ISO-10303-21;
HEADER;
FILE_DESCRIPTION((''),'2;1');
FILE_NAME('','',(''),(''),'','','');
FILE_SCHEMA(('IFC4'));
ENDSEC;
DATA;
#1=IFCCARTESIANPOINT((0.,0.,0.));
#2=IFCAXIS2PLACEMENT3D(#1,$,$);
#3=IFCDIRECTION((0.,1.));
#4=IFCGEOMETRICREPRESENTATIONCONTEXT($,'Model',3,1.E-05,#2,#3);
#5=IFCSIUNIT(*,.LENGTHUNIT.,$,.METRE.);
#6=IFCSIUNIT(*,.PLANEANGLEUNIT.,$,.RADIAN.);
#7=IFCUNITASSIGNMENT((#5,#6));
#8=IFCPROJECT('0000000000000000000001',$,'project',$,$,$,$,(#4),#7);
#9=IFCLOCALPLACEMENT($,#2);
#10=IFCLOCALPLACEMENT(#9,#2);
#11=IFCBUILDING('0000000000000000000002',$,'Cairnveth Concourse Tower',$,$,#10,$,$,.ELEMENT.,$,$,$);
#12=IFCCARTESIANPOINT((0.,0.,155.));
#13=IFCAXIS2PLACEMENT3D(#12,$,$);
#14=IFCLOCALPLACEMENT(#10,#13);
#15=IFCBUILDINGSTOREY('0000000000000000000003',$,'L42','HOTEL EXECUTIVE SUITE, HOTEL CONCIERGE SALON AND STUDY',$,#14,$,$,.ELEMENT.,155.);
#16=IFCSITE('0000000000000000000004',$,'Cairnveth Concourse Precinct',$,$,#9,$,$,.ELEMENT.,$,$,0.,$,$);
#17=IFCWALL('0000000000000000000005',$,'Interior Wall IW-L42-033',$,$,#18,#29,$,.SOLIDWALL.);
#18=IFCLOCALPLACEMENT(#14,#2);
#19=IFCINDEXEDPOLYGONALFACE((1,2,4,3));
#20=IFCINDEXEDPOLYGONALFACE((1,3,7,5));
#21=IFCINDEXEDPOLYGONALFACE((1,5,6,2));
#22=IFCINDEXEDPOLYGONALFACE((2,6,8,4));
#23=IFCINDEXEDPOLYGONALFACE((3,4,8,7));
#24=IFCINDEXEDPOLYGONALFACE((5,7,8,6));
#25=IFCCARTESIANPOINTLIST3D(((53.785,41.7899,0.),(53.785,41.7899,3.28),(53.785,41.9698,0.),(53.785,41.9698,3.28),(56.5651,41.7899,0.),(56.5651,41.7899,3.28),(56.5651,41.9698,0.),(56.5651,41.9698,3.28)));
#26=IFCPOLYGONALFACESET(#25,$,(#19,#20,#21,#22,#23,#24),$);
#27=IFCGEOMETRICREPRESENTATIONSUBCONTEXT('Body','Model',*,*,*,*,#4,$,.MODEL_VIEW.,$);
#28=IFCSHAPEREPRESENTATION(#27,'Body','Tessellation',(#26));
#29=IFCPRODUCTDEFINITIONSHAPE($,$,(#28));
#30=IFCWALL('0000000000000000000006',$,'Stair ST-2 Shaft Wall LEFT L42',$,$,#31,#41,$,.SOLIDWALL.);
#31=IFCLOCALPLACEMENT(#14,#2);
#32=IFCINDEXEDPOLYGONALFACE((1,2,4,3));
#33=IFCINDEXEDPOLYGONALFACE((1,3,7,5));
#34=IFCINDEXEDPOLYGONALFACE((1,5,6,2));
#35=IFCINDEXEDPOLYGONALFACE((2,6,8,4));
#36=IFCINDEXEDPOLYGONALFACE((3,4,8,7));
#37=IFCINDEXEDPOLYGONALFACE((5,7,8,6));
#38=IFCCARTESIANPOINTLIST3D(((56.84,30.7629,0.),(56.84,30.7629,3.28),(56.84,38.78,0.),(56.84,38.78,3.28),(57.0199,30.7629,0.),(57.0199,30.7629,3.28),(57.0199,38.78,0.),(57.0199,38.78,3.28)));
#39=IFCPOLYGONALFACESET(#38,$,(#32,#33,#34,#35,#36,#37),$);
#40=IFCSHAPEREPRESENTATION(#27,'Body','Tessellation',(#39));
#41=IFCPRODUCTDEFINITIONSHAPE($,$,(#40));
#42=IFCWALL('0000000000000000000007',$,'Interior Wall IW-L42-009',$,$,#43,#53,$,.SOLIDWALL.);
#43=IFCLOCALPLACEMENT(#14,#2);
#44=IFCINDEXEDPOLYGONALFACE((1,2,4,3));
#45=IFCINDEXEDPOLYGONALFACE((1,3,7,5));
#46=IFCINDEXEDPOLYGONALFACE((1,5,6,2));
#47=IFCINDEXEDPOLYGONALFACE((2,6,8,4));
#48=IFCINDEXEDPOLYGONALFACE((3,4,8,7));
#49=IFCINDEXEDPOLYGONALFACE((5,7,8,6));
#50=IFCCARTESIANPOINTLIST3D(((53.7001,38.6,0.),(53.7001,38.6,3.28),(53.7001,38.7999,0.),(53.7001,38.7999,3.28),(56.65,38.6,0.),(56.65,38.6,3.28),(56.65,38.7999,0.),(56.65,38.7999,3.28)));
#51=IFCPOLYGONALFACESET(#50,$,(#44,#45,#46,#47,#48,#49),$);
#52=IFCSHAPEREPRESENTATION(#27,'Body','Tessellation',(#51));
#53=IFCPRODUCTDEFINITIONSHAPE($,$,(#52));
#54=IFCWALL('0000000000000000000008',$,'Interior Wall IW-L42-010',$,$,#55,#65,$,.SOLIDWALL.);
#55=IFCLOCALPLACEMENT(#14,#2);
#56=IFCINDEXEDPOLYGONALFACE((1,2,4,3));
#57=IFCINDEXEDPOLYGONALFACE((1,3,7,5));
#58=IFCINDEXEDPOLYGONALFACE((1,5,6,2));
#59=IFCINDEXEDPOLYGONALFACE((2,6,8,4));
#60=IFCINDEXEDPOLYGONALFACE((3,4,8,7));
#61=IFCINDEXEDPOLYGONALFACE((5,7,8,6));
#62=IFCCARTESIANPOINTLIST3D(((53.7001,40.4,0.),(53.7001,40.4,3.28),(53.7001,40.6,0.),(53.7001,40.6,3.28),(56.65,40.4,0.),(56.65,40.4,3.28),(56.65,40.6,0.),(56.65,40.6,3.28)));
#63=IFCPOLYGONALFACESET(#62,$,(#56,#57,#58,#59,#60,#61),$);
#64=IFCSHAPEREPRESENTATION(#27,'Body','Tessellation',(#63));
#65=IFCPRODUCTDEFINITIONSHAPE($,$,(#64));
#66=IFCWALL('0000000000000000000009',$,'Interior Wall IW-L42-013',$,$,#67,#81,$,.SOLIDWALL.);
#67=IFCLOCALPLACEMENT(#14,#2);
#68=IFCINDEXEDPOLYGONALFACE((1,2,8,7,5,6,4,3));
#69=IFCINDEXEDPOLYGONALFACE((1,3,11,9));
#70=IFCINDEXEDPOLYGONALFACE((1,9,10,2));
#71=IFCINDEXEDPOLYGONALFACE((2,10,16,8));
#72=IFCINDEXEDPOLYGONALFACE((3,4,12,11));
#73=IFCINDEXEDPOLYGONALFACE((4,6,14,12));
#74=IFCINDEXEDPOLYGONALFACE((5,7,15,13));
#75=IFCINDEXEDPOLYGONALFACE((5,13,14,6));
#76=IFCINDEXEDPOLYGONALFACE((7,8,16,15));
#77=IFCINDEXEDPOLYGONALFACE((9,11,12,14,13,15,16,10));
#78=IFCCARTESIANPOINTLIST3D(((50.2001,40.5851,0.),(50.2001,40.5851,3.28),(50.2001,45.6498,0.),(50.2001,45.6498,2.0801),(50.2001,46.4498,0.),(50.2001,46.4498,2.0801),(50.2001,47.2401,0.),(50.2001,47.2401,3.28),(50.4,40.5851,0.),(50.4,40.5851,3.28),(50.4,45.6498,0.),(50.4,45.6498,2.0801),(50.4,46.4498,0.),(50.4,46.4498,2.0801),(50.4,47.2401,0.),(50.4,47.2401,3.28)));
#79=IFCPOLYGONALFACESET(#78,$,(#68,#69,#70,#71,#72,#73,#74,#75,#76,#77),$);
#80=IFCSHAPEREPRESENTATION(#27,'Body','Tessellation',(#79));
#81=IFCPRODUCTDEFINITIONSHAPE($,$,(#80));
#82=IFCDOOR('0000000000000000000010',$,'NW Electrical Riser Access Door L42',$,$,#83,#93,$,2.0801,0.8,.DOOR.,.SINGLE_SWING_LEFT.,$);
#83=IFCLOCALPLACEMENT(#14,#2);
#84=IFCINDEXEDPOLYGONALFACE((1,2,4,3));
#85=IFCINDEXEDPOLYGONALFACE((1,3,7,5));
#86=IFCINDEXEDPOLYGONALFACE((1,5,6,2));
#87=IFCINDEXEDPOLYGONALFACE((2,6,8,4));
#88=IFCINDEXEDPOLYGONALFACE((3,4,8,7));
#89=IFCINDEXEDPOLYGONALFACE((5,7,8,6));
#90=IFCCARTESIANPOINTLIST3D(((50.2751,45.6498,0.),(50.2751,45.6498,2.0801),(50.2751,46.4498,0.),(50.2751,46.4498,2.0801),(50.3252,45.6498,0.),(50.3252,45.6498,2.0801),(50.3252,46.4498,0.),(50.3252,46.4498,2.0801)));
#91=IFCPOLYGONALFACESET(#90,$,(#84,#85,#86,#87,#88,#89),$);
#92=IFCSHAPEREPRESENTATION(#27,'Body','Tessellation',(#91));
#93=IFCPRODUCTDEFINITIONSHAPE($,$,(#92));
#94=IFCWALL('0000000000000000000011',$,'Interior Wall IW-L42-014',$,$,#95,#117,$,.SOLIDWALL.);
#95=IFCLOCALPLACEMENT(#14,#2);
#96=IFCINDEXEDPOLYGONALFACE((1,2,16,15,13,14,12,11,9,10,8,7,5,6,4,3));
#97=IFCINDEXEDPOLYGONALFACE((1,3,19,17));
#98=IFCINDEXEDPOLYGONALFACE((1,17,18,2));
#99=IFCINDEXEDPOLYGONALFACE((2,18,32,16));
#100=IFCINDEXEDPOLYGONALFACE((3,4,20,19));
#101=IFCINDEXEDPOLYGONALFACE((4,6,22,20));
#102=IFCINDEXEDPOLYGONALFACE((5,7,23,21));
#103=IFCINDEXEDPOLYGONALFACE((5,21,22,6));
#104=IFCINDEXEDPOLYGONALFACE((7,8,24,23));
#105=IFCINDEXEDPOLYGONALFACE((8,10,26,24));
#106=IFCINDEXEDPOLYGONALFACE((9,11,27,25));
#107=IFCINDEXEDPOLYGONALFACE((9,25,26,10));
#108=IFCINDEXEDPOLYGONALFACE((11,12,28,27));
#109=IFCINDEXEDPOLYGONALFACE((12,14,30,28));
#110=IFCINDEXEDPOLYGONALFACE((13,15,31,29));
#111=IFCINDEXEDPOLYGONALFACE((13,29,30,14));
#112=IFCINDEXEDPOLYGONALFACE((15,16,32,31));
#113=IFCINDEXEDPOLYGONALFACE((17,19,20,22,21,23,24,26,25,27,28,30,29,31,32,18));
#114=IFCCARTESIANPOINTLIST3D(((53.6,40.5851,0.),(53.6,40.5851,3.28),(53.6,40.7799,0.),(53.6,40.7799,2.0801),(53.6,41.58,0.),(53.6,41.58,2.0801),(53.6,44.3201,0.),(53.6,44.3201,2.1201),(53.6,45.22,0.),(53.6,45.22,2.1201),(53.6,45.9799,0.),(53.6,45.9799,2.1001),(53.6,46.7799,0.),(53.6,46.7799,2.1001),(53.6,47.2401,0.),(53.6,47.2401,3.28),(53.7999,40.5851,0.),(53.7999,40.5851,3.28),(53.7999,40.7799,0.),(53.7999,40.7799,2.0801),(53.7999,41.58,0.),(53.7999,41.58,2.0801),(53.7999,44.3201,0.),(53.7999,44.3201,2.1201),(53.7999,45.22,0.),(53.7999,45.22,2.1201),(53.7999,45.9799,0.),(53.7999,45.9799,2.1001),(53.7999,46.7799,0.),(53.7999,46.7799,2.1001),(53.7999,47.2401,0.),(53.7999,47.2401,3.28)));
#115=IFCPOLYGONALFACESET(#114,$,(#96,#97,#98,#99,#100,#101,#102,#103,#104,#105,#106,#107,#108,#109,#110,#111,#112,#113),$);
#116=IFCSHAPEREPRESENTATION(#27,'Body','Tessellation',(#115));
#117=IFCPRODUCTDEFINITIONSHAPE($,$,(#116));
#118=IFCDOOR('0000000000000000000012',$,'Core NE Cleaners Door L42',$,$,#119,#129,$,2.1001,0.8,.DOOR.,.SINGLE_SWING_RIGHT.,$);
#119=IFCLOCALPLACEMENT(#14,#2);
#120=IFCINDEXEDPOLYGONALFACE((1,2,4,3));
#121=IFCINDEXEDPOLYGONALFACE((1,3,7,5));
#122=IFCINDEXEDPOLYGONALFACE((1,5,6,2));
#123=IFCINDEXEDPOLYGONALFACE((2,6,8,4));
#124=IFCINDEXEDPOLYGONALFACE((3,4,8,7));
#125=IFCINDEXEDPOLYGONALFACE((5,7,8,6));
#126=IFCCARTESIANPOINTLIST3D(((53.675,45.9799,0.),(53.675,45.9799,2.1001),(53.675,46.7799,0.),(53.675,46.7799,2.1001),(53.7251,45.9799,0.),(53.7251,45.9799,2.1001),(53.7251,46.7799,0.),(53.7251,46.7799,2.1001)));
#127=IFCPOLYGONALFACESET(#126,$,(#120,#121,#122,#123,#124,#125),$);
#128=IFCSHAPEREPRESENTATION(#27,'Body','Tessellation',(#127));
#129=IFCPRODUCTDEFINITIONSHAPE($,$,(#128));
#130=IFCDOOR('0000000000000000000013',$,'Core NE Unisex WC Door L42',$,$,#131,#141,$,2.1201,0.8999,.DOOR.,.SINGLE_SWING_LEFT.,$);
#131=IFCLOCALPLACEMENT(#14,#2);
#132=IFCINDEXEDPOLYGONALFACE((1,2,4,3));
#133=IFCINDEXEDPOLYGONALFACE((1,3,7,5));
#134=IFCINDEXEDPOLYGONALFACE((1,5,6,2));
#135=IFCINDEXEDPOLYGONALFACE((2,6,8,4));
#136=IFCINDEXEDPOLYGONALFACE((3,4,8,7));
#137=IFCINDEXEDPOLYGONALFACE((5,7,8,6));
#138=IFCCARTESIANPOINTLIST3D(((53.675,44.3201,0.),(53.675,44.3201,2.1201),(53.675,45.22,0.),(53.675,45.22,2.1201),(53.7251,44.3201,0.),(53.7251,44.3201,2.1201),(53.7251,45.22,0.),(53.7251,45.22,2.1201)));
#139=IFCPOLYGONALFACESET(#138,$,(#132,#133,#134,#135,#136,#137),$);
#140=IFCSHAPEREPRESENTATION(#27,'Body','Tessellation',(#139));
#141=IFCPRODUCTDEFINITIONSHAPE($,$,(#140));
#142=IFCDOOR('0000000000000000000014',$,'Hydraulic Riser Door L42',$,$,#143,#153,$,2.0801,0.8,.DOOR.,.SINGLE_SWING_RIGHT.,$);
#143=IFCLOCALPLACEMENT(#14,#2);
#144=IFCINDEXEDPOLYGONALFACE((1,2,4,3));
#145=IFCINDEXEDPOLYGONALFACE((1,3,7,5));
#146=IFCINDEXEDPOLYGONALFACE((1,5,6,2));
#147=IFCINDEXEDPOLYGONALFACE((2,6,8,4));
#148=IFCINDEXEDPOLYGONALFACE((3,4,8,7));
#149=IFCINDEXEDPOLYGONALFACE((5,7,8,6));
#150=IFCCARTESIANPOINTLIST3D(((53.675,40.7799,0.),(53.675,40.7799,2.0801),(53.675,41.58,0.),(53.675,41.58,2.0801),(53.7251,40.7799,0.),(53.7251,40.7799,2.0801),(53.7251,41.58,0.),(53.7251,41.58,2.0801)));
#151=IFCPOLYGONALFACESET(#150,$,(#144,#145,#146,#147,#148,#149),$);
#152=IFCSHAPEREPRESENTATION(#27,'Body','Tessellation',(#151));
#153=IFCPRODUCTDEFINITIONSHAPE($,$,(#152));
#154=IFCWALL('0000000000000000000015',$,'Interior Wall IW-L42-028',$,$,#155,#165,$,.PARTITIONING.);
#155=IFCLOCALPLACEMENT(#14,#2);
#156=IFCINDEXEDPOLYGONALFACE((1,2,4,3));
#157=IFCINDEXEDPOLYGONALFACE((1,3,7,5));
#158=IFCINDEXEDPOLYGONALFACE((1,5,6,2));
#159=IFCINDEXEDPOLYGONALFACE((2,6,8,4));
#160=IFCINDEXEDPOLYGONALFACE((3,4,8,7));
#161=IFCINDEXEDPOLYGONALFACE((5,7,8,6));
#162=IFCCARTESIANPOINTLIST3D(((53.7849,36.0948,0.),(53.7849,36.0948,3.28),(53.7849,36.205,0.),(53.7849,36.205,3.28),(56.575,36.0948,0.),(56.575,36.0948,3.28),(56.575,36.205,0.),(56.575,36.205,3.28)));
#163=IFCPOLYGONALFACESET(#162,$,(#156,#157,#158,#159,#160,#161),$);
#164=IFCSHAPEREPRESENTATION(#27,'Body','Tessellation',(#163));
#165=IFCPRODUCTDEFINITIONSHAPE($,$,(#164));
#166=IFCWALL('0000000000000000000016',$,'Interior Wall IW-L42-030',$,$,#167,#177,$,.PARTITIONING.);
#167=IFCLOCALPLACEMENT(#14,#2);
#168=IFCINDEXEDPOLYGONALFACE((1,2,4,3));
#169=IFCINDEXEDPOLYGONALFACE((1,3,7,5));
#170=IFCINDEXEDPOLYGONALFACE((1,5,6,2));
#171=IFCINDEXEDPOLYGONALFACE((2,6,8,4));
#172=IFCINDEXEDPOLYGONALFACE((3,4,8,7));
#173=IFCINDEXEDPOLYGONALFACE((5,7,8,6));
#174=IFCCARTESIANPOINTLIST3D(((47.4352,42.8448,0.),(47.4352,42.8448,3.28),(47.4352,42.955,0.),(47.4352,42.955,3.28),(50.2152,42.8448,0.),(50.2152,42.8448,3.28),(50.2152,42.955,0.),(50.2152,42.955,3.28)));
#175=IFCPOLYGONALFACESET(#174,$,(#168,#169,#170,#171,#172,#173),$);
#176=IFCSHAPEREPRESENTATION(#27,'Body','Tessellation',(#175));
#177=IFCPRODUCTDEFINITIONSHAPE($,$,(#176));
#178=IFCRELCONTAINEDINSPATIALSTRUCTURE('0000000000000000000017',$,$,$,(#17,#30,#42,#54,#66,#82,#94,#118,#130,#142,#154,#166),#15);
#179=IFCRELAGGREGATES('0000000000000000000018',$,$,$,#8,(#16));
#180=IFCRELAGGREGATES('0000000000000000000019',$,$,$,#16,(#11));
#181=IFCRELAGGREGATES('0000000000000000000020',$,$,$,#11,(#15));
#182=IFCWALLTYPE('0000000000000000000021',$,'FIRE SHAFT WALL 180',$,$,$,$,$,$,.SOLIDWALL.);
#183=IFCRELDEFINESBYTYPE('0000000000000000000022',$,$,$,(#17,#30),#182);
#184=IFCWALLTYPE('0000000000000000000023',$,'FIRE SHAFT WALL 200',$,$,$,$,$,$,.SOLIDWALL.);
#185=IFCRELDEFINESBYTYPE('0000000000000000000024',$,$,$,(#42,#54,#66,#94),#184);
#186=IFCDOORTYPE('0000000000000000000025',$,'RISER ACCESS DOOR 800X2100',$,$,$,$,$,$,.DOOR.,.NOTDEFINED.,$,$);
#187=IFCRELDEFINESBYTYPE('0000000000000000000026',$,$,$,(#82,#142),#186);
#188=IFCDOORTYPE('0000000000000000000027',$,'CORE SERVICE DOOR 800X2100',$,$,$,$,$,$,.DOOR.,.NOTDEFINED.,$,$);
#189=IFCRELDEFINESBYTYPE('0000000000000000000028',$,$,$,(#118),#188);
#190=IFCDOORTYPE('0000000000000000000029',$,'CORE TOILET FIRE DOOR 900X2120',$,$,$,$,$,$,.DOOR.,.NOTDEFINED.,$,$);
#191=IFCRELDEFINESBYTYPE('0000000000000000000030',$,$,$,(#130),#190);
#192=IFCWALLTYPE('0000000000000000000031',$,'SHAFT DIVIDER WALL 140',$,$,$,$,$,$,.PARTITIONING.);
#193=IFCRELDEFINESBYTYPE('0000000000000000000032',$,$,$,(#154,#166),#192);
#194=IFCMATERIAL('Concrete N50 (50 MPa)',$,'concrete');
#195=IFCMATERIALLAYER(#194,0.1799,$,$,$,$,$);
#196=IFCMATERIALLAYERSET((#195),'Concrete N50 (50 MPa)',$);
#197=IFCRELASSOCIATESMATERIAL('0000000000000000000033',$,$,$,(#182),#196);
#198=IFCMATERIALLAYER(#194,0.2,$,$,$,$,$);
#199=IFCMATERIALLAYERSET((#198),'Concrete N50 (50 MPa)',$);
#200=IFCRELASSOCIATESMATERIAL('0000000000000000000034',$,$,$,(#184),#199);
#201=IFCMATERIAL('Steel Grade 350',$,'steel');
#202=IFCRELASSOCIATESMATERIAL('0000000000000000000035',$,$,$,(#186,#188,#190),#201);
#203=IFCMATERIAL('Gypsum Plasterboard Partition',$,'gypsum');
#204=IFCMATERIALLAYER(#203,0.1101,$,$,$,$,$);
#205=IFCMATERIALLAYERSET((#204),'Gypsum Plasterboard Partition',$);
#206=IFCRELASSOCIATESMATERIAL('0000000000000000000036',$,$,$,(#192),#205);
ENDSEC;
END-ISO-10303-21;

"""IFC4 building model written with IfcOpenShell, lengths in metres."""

from ifc_helpers import new_model, si_unit, direction, frame, frame_2d, origin, place, context, subcontext, project, spatial, rectangle, extrude, material, layer, layer_set, type_object, element, fill, save


model = new_model("IFC4")

# Units and contexts
model_context = context("Model", 3, precision=1e-05, world=origin(), true_north=direction((0.0, 1.0)))
body_context = subcontext(model_context, "Body", "Model", "MODEL_VIEW")
ifc_project = project(units=[si_unit("LENGTHUNIT", "METRE"), si_unit("PLANEANGLEUNIT", "RADIAN")], contexts=[model_context])

# Site, building, storey
site_placement = place(None, origin())
site = spatial("IfcSite", under=ifc_project, at=site_placement, Name="Cairnveth Concourse Precinct", CompositionType="ELEMENT", RefElevation=0.0)
building_placement = place(site_placement, origin())
building = spatial("IfcBuilding", under=site, at=building_placement, Name="Cairnveth Concourse Tower", CompositionType="ELEMENT")
storey_placement = place(building_placement, frame((0.0, 0.0, 155.0)))
storey = spatial("IfcBuildingStorey", under=building, at=storey_placement, Name="L42", Description="HOTEL EXECUTIVE SUITE, HOTEL CONCIERGE SALON AND STUDY", CompositionType="ELEMENT", Elevation=155.0)

# Wall
ifc_material_1 = material(Name="Concrete N50 (50 MPa)", Category="concrete")
ifc_layer_1 = layer(ifc_material_1, 0.1799)
ifc_layer_set_1 = layer_set([ifc_layer_1], Name="Concrete N50 (50 MPa)")
wall_type_1 = type_object("IfcWallType", Name="FIRE SHAFT WALL 180", PredefinedType="SOLIDWALL", material=ifc_layer_set_1)
wall_1_placement = place(storey_placement, frame((53.7849, 41.8799, 0.0), z_axis=(0.0, 0.0, 1.0), x_axis=(1.0, 0.0, 0.0)))
element("IfcWall", 1, at=wall_1_placement, inside=storey, type_object=wall_type_1, Name="Interior Wall IW-L42-033", PredefinedType="SOLIDWALL", context=body_context, shape_type="SweptSolid", body=[
    extrude(rectangle(XDim=2.78, YDim=0.1799, at=frame_2d((1.3901, 0.0))), origin(), (0.0, 0.0, 1.0), 3.28),
])

# Shared definitions
ifc_material_2 = material(Name="Steel Grade 350", Category="steel")

# Walls
wall_2_placement = place(storey_placement, frame((56.9299, 38.78, 0.0), z_axis=(0.0, 0.0, 1.0), x_axis=(0.0, -1.0, 0.0)))
element("IfcWall", 2, at=wall_2_placement, inside=storey, type_object=wall_type_1, Name="Stair ST-2 Shaft Wall LEFT L42", PredefinedType="SOLIDWALL", context=body_context, shape_type="SweptSolid", body=[
    extrude(rectangle(XDim=8.0171, YDim=0.1799, at=frame_2d((4.0085, 0.0))), origin(), (0.0, 0.0, 1.0), 3.28),
])
ifc_layer_2 = layer(ifc_material_1, 0.2)
ifc_layer_set_2 = layer_set([ifc_layer_2], Name="Concrete N50 (50 MPa)")
wall_type_2 = type_object("IfcWallType", Name="FIRE SHAFT WALL 200", PredefinedType="SOLIDWALL", material=ifc_layer_set_2)
for number, where, z_axis, x_axis, name in (
    (3, (53.7, 38.7, 0.0), (0.0, 0.0, 1.0), (1.0, 0.0, 0.0), "Interior Wall IW-L42-009"),
    (4, (53.7, 40.5, 0.0), (0.0, 0.0, 1.0), (1.0, 0.0, 0.0), "Interior Wall IW-L42-010"),
):
    element("IfcWall", number, at=place(storey_placement, frame(where, z_axis=z_axis, x_axis=x_axis)), inside=storey, type_object=wall_type_2, Name=name, PredefinedType="SOLIDWALL", context=body_context, shape_type="SweptSolid", body=[
        extrude(rectangle(XDim=2.95, YDim=0.2, at=frame_2d((1.4751, 0.0))), origin(), (0.0, 0.0, 1.0), 3.28),
    ])

# Wall, opening, door
wall_3_placement = place(storey_placement, frame((50.3, 40.585, 0.0), z_axis=(0.0, 0.0, 1.0), x_axis=(0.0, 1.0, 0.0)))
wall_3 = element("IfcWall", 5, at=wall_3_placement, inside=storey, type_object=wall_type_2, Name="Interior Wall IW-L42-013", PredefinedType="SOLIDWALL", context=body_context, shape_type="SweptSolid", body=[
    extrude(rectangle(XDim=6.655, YDim=0.2, at=frame_2d((3.3276, 0.0))), origin(), (0.0, 0.0, 1.0), 3.28),
])
opening_1_placement = place(wall_3_placement, frame((5.0649, 0.0, 0.0)))
opening_1 = element("IfcOpeningElement", 6, at=opening_1_placement, cuts=wall_3, PredefinedType="OPENING", context=body_context, shape_type="SweptSolid", body=[
    extrude(rectangle(XDim=0.8, YDim=2.0801, at=frame_2d((0.3999, 1.04))), frame((0.0, 0.1099, 0.0), z_axis=(0.0, -1.0, 0.0), x_axis=(1.0, 0.0, 0.0)), (0.0, 0.0, 1.0), 0.22),
])
door_type_1 = type_object("IfcDoorType", Name="RISER ACCESS DOOR 800X2100", OperationType="NOTDEFINED", PredefinedType="DOOR", material=ifc_material_2)
door_1_placement = place(opening_1_placement, origin())
door_1 = element("IfcDoor", 7, at=door_1_placement, inside=storey, type_object=door_type_1, Name="NW Electrical Riser Access Door L42", OperationType="SINGLE_SWING_LEFT", OverallHeight=2.0801, OverallWidth=0.8, PredefinedType="DOOR", context=body_context, shape_type="SweptSolid", body=[
    extrude(rectangle(XDim=0.8, YDim=2.0801, at=frame_2d((0.3999, 1.04))), frame((0.0, 0.0249, 0.0), z_axis=(0.0, -1.0, 0.0), x_axis=(1.0, 0.0, 0.0)), (0.0, 0.0, 1.0), 0.05),
])
fill(opening_1, door_1)

# Wall, openings, doors
wall_4_placement = place(storey_placement, frame((53.7, 40.585, 0.0), z_axis=(0.0, 0.0, 1.0), x_axis=(0.0, 1.0, 0.0)))
wall_4 = element("IfcWall", 8, at=wall_4_placement, inside=storey, type_object=wall_type_2, Name="Interior Wall IW-L42-014", PredefinedType="SOLIDWALL", context=body_context, shape_type="SweptSolid", body=[
    extrude(rectangle(XDim=6.655, YDim=0.2, at=frame_2d((3.3276, 0.0))), origin(), (0.0, 0.0, 1.0), 3.28),
])
opening_2_placement = place(wall_4_placement, frame((0.1951, 0.0, 0.0)))
opening_2 = element("IfcOpeningElement", 9, at=opening_2_placement, cuts=wall_4, PredefinedType="OPENING", context=body_context, shape_type="SweptSolid", body=[
    extrude(rectangle(XDim=0.8, YDim=2.0801, at=frame_2d((0.3999, 1.04))), frame((0.0, 0.1099, 0.0), z_axis=(0.0, -1.0, 0.0), x_axis=(1.0, 0.0, 0.0)), (0.0, 0.0, 1.0), 0.22),
])
opening_3_placement = place(wall_4_placement, frame((3.7351, 0.0, 0.0)))
opening_3 = element("IfcOpeningElement", 10, at=opening_3_placement, cuts=wall_4, PredefinedType="OPENING", context=body_context, shape_type="SweptSolid", body=[
    extrude(rectangle(XDim=0.8999, YDim=2.1201, at=frame_2d((0.45, 1.0601))), frame((0.0, 0.1099, 0.0), z_axis=(0.0, -1.0, 0.0), x_axis=(1.0, 0.0, 0.0)), (0.0, 0.0, 1.0), 0.22),
])
opening_4_placement = place(wall_4_placement, frame((5.395, 0.0, 0.0)))
opening_4 = element("IfcOpeningElement", 11, at=opening_4_placement, cuts=wall_4, PredefinedType="OPENING", context=body_context, shape_type="SweptSolid", body=[
    extrude(rectangle(XDim=0.8, YDim=2.1001, at=frame_2d((0.3999, 1.05))), frame((0.0, 0.1099, 0.0), z_axis=(0.0, -1.0, 0.0), x_axis=(1.0, 0.0, 0.0)), (0.0, 0.0, 1.0), 0.22),
])
door_type_2 = type_object("IfcDoorType", Name="CORE SERVICE DOOR 800X2100", OperationType="NOTDEFINED", PredefinedType="DOOR", material=ifc_material_2)
door_2_placement = place(opening_4_placement, origin())
door_2 = element("IfcDoor", 12, at=door_2_placement, inside=storey, type_object=door_type_2, Name="Core NE Cleaners Door L42", OperationType="SINGLE_SWING_RIGHT", OverallHeight=2.1001, OverallWidth=0.8, PredefinedType="DOOR", context=body_context, shape_type="SweptSolid", body=[
    extrude(rectangle(XDim=0.8, YDim=2.1001, at=frame_2d((0.3999, 1.05))), frame((0.0, 0.0249, 0.0), z_axis=(0.0, -1.0, 0.0), x_axis=(1.0, 0.0, 0.0)), (0.0, 0.0, 1.0), 0.05),
])
fill(opening_4, door_2)
door_type_3 = type_object("IfcDoorType", Name="CORE TOILET FIRE DOOR 900X2120", OperationType="NOTDEFINED", PredefinedType="DOOR", material=ifc_material_2)
door_3_placement = place(opening_3_placement, origin())
door_3 = element("IfcDoor", 13, at=door_3_placement, inside=storey, type_object=door_type_3, Name="Core NE Unisex WC Door L42", OperationType="SINGLE_SWING_LEFT", OverallHeight=2.1201, OverallWidth=0.8999, PredefinedType="DOOR", context=body_context, shape_type="SweptSolid", body=[
    extrude(rectangle(XDim=0.8999, YDim=2.1201, at=frame_2d((0.45, 1.0601))), frame((0.0, 0.0249, 0.0), z_axis=(0.0, -1.0, 0.0), x_axis=(1.0, 0.0, 0.0)), (0.0, 0.0, 1.0), 0.05),
])
fill(opening_3, door_3)
door_4_placement = place(opening_2_placement, origin())
door_4 = element("IfcDoor", 14, at=door_4_placement, inside=storey, type_object=door_type_1, Name="Hydraulic Riser Door L42", OperationType="SINGLE_SWING_RIGHT", OverallHeight=2.0801, OverallWidth=0.8, PredefinedType="DOOR", context=body_context, shape_type="SweptSolid", body=[
    extrude(rectangle(XDim=0.8, YDim=2.0801, at=frame_2d((0.3999, 1.04))), frame((0.0, 0.0249, 0.0), z_axis=(0.0, -1.0, 0.0), x_axis=(1.0, 0.0, 0.0)), (0.0, 0.0, 1.0), 0.05),
])
fill(opening_2, door_4)

# Walls
ifc_material_3 = material(Name="Gypsum Plasterboard Partition", Category="gypsum")
ifc_layer_3 = layer(ifc_material_3, 0.1101)
ifc_layer_set_3 = layer_set([ifc_layer_3], Name="Gypsum Plasterboard Partition")
wall_type_3 = type_object("IfcWallType", Name="SHAFT DIVIDER WALL 140", PredefinedType="PARTITIONING", material=ifc_layer_set_3)
wall_5_placement = place(storey_placement, frame((53.7849, 36.1499, 0.0), z_axis=(0.0, 0.0, 1.0), x_axis=(1.0, 0.0, 0.0)))
element("IfcWall", 15, at=wall_5_placement, inside=storey, type_object=wall_type_3, Name="Interior Wall IW-L42-028", PredefinedType="PARTITIONING", context=body_context, shape_type="SweptSolid", body=[
    extrude(rectangle(XDim=2.79, YDim=0.1101, at=frame_2d((1.395, 0.0))), origin(), (0.0, 0.0, 1.0), 3.28),
])
wall_6_placement = place(storey_placement, frame((47.4351, 42.8999, 0.0), z_axis=(0.0, 0.0, 1.0), x_axis=(1.0, 0.0, 0.0)))
element("IfcWall", 16, at=wall_6_placement, inside=storey, type_object=wall_type_3, Name="Interior Wall IW-L42-030", PredefinedType="PARTITIONING", context=body_context, shape_type="SweptSolid", body=[
    extrude(rectangle(XDim=2.78, YDim=0.1101, at=frame_2d((1.3901, 0.0))), origin(), (0.0, 0.0, 1.0), 3.28),
])

save(model, "model.ifc")
